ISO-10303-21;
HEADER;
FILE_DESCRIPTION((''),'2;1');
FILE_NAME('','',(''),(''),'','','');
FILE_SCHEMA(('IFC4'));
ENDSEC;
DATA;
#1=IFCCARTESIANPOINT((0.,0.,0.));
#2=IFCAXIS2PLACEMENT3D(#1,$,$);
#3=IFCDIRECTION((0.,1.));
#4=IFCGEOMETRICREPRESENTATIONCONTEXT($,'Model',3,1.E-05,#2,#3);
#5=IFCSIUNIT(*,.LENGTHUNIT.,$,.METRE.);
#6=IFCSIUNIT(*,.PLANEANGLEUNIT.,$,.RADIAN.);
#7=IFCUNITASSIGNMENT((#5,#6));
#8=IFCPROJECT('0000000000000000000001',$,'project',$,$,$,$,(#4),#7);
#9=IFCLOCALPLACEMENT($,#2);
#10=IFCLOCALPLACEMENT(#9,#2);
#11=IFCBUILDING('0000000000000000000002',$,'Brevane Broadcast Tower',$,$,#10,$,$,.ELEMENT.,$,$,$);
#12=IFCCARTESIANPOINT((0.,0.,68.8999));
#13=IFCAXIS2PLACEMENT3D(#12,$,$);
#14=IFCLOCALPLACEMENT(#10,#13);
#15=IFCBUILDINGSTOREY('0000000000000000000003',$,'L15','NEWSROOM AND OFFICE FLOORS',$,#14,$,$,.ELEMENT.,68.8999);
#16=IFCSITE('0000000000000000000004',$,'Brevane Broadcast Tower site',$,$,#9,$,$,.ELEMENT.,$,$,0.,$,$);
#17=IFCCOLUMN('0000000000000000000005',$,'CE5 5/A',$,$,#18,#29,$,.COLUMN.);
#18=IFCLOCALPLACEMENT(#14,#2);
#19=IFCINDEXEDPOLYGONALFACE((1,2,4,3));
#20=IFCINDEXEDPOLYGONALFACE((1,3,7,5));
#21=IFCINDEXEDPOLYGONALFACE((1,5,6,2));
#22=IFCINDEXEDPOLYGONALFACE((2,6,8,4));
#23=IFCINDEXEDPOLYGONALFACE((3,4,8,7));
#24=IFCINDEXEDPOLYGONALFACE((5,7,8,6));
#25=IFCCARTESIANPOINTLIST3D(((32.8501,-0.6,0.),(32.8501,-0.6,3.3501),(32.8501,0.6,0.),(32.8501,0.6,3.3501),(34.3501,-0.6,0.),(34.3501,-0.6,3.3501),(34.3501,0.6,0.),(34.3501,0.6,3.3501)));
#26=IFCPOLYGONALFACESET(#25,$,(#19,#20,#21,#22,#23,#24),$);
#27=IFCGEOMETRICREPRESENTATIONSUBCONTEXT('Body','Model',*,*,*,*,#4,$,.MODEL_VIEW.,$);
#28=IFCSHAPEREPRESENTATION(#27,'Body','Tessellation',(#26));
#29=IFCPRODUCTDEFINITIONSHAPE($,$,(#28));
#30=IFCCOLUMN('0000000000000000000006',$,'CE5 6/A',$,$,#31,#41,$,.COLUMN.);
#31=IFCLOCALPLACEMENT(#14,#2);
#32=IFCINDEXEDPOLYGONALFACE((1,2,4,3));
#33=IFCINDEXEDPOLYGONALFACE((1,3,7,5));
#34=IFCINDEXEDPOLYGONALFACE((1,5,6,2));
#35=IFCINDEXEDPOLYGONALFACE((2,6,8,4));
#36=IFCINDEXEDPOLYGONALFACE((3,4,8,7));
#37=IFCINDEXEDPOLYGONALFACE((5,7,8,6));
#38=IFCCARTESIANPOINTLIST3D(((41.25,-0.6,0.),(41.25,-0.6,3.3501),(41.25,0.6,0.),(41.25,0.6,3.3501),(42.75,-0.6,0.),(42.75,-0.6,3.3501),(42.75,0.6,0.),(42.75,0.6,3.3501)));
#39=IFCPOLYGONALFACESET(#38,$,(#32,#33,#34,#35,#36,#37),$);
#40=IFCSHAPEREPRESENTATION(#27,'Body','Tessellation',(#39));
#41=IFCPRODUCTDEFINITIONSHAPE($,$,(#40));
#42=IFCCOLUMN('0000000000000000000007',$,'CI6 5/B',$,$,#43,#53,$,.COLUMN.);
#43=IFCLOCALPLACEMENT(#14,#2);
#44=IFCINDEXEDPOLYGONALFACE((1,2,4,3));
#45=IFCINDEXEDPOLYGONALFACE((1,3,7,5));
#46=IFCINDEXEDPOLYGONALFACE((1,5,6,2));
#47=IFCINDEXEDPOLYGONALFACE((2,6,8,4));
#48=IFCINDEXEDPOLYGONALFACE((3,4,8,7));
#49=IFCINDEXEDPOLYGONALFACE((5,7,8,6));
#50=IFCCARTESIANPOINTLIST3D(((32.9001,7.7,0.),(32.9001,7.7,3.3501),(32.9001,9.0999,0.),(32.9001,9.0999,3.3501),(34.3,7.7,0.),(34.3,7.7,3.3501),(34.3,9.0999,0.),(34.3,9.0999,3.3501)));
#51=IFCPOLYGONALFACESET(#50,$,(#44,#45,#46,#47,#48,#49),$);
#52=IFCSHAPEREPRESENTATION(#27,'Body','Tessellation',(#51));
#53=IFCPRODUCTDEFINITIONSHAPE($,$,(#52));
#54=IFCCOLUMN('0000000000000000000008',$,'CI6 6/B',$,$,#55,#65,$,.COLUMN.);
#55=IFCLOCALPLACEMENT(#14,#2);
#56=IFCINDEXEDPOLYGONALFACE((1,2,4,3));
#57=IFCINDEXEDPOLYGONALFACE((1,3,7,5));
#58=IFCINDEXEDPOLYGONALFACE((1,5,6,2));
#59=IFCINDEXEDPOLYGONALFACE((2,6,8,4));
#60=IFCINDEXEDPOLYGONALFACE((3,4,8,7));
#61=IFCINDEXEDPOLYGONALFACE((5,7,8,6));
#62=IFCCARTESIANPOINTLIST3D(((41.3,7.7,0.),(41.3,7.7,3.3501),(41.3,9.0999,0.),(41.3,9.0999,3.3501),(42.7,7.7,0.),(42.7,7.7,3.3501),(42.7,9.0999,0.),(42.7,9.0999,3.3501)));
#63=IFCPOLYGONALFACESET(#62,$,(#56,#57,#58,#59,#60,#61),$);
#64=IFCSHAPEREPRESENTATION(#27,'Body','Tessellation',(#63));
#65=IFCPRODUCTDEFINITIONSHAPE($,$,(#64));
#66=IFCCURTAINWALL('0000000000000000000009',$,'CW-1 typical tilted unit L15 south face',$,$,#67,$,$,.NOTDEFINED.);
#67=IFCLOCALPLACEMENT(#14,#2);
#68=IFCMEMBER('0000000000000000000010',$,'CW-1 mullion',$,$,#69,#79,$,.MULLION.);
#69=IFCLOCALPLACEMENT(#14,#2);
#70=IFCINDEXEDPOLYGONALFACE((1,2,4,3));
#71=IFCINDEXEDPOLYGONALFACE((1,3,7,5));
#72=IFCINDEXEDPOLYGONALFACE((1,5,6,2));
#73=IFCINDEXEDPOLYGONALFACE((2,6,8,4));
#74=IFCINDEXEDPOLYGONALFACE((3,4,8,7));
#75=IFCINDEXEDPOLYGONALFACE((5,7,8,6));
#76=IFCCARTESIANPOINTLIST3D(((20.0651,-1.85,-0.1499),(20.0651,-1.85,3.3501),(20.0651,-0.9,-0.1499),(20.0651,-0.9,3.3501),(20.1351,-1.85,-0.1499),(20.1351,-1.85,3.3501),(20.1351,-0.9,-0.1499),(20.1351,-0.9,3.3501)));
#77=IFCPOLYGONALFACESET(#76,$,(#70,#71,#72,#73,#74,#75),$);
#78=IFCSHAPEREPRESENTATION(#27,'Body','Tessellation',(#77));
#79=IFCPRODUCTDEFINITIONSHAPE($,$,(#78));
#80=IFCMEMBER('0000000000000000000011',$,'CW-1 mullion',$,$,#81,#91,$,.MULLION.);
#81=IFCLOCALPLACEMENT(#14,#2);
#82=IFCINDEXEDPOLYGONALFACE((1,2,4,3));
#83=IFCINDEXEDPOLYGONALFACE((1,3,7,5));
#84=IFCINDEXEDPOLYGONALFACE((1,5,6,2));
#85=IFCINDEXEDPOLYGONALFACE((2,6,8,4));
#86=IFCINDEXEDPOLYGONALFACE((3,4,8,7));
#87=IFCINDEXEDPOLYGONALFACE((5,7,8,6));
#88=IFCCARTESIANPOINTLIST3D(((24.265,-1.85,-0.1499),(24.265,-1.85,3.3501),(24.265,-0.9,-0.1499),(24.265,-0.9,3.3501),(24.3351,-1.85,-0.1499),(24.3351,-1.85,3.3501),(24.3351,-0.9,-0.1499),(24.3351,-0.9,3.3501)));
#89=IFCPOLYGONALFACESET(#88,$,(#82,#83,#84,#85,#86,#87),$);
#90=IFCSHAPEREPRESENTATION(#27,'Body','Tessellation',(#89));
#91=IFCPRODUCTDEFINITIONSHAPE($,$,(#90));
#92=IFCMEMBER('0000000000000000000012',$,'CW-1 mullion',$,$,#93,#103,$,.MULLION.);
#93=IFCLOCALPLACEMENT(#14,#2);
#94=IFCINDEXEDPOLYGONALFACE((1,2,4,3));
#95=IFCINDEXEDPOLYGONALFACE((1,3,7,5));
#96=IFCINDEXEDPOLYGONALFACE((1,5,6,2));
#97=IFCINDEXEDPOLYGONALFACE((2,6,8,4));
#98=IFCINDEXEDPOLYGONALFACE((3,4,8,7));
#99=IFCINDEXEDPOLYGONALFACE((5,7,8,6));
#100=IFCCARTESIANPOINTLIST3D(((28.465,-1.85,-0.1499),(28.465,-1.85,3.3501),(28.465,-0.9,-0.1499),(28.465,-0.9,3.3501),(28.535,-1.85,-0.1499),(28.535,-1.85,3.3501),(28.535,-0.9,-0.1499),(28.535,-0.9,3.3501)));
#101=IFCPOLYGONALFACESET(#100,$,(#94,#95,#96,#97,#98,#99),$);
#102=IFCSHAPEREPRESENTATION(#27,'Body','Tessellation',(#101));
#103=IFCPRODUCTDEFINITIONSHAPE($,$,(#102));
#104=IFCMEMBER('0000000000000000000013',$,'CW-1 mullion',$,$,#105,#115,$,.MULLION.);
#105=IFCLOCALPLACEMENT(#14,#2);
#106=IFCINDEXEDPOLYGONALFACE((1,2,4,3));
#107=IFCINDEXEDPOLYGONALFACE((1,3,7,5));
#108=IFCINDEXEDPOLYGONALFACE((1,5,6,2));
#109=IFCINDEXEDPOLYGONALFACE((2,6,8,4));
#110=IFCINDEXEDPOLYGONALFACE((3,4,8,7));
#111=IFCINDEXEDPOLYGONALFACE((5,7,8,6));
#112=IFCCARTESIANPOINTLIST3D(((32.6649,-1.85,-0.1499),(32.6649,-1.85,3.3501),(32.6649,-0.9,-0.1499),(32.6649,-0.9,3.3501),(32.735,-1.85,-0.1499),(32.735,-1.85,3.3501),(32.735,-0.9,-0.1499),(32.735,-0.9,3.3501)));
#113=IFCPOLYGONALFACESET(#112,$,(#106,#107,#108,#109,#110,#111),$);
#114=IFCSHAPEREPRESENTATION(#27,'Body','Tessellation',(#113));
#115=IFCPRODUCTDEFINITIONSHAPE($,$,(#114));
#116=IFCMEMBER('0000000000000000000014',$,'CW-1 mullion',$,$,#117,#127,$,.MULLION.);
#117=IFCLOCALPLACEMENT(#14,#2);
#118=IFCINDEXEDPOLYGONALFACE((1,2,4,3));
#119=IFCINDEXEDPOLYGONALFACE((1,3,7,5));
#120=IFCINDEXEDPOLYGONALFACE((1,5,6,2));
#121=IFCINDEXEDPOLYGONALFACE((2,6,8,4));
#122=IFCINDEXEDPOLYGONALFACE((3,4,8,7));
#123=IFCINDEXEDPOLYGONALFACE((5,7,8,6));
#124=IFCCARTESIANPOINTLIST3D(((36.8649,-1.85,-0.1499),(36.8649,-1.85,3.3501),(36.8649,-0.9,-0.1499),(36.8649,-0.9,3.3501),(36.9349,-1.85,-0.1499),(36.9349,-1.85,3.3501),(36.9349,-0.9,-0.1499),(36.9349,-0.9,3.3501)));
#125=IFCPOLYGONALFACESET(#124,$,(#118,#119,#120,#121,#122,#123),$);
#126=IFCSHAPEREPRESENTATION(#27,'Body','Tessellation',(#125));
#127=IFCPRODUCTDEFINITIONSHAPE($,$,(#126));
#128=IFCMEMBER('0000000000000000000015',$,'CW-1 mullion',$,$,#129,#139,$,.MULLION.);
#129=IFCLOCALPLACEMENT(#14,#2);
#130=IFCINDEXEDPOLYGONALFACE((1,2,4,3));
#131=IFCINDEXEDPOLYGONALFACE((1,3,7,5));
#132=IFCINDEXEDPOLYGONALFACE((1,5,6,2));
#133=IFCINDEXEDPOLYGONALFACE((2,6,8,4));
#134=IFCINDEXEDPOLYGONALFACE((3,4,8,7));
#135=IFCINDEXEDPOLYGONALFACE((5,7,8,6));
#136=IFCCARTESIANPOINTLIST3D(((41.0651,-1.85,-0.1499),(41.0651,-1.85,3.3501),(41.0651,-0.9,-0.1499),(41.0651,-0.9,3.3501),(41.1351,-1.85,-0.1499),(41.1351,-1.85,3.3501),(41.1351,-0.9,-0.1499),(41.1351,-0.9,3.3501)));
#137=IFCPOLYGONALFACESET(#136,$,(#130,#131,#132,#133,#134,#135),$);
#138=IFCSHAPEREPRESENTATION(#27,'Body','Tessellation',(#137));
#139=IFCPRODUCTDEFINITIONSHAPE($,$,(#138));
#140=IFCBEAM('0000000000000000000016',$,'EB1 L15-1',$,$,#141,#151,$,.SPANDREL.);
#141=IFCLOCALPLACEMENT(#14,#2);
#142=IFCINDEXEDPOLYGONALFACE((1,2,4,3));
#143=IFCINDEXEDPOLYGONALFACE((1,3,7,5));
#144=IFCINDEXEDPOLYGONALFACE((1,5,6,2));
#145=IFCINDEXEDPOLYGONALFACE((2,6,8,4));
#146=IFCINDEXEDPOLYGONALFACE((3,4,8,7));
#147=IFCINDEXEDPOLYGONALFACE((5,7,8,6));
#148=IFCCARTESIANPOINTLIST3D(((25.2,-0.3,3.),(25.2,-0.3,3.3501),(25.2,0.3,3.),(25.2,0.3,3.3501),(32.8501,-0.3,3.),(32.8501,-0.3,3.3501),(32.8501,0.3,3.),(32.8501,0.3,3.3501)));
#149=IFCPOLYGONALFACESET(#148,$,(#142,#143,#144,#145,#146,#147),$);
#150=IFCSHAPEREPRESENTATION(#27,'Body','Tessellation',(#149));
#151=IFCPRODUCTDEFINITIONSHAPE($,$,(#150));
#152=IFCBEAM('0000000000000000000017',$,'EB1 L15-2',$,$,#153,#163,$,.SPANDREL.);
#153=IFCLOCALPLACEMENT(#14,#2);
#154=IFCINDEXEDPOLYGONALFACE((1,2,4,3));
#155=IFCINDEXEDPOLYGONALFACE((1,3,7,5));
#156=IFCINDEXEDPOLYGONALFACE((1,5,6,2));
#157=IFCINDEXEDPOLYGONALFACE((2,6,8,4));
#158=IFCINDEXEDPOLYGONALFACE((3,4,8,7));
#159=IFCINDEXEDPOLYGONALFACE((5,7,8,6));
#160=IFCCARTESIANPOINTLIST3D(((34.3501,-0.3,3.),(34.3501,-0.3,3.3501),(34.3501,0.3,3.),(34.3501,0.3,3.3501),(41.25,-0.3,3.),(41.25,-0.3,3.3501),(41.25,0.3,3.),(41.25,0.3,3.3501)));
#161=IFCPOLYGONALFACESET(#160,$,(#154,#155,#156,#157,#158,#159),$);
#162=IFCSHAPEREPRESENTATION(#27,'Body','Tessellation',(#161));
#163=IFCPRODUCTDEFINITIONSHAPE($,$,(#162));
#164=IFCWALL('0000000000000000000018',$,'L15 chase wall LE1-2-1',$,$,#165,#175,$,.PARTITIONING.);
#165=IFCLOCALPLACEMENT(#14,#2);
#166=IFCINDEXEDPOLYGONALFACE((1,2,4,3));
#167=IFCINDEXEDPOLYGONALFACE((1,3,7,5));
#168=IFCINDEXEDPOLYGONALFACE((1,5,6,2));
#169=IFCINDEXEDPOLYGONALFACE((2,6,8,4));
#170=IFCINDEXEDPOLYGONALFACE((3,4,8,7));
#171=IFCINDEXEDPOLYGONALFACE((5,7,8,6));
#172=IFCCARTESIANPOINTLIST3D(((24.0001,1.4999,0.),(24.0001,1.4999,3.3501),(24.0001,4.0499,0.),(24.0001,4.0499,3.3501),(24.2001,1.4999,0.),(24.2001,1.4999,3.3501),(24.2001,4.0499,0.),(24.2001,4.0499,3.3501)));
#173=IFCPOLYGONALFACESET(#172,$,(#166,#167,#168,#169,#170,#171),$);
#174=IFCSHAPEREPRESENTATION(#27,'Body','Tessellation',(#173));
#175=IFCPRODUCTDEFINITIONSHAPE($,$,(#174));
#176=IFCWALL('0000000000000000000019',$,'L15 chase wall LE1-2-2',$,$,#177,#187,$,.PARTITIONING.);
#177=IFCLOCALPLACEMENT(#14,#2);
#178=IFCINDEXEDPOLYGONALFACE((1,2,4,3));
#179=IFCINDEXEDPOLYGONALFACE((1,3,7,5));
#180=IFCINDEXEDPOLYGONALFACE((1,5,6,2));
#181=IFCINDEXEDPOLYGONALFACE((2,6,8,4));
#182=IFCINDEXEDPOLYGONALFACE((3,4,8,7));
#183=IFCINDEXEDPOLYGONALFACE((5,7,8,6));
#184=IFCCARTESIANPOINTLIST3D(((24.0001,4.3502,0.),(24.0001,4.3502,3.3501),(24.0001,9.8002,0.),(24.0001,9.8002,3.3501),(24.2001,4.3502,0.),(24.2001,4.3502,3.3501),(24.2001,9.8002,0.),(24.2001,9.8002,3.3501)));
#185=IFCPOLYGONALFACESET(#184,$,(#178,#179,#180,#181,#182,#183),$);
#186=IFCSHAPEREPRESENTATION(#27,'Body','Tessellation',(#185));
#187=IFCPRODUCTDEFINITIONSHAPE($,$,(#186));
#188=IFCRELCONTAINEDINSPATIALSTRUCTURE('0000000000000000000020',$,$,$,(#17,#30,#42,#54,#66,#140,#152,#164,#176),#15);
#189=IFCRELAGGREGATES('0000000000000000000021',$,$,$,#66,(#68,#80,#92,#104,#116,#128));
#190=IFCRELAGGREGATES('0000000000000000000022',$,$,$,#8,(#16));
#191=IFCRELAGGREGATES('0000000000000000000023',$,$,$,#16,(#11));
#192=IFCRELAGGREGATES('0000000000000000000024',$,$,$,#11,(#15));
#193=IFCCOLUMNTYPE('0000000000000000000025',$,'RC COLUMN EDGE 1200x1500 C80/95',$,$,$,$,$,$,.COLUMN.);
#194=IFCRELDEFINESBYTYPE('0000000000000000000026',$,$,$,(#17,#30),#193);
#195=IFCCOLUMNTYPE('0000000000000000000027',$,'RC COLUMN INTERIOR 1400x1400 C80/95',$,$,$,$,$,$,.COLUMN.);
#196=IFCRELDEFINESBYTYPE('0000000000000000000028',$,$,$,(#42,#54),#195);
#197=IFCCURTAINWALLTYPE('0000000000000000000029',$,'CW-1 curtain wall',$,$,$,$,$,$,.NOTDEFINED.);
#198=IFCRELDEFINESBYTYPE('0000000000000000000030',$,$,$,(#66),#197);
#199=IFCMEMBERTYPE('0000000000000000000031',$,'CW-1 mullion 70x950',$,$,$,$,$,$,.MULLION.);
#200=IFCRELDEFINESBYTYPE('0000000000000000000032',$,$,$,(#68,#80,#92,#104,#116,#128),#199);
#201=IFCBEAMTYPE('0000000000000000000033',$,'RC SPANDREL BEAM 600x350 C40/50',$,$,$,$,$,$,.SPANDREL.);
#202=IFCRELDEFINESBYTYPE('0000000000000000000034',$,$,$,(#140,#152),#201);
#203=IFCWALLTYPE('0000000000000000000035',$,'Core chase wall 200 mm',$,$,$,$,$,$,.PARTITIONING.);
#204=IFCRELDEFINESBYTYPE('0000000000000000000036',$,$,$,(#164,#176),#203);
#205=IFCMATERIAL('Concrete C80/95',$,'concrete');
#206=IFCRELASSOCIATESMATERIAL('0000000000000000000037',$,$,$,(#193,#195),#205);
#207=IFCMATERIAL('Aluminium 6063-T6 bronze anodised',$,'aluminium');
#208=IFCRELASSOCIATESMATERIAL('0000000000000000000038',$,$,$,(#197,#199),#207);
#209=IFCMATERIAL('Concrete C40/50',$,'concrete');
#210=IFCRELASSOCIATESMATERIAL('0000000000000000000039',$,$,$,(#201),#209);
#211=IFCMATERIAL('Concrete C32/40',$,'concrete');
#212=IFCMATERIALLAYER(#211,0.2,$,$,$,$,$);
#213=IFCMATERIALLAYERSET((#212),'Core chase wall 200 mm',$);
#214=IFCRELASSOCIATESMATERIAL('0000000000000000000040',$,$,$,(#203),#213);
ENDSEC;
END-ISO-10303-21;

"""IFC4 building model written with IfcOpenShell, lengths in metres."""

from ifc_helpers import new_model, si_unit, direction, frame, frame_2d, origin, origin_2d, place, context, subcontext, project, spatial, rectangle, extrude, material, layer, layer_set, material_profile, profile_set, type_object, element, aggregate, save


model = new_model("IFC4")

# Units and contexts
model_context = context("Model", 3, precision=1e-05, world=origin(), true_north=direction((0.0, 1.0)))
body_context = subcontext(model_context, "Body", "Model", "MODEL_VIEW")
ifc_project = project(units=[si_unit("LENGTHUNIT", "METRE"), si_unit("PLANEANGLEUNIT", "RADIAN")], contexts=[model_context])

# Site, building, storey
site_placement = place(None, origin())
site = spatial("IfcSite", under=ifc_project, at=site_placement, Name="Brevane Broadcast Tower site", CompositionType="ELEMENT", RefElevation=0.0)
building_placement = place(site_placement, origin())
building = spatial("IfcBuilding", under=site, at=building_placement, Name="Brevane Broadcast Tower", CompositionType="ELEMENT")
storey_placement = place(building_placement, frame((0.0, 0.0, 68.8999)))
storey = spatial("IfcBuildingStorey", under=building, at=storey_placement, Name="L15", Description="NEWSROOM AND OFFICE FLOORS", CompositionType="ELEMENT", Elevation=68.8999)

# Columns
ifc_material_1 = material(Name="Concrete C80/95", Category="concrete")
ifc_material_profile_1 = material_profile(ifc_material_1, rectangle(XDim=1.2, YDim=1.5, at=origin_2d()), Name="RC 1200x1500")
ifc_profile_set_1 = profile_set([ifc_material_profile_1], Name="Concrete C80/95")
column_type_1 = type_object("IfcColumnType", Name="RC COLUMN EDGE 1200x1500 C80/95", PredefinedType="COLUMN", material=ifc_profile_set_1)
for number, where, z_axis, x_axis, name in (
    (1, (33.6001, 0.0, 0.0), (0.0, 0.0, 1.0), (0.0, 1.0, 0.0), "CE5 5/A"),
    (2, (42.0, 0.0, 0.0), (0.0, 0.0, 1.0), (0.0, 1.0, 0.0), "CE5 6/A"),
):
    element("IfcColumn", number, at=place(storey_placement, frame(where, z_axis=z_axis, x_axis=x_axis)), inside=storey, type_object=column_type_1, Name=name, PredefinedType="COLUMN", context=body_context, shape_type="SweptSolid", body=[
        extrude(rectangle(XDim=1.2, YDim=1.5, at=origin_2d()), origin(), (0.0, 0.0, 1.0), 3.3501),
    ])
ifc_material_profile_2 = material_profile(ifc_material_1, rectangle(XDim=1.3999, YDim=1.3999, at=origin_2d()), Name="RC 1400x1400")
ifc_profile_set_2 = profile_set([ifc_material_profile_2], Name="Concrete C80/95")
column_type_2 = type_object("IfcColumnType", Name="RC COLUMN INTERIOR 1400x1400 C80/95", PredefinedType="COLUMN", material=ifc_profile_set_2)
for number, where, z_axis, x_axis, name in (
    (3, (33.6001, 8.3999, 0.0), (0.0, 0.0, 1.0), (1.0, 0.0, 0.0), "CI6 5/B"),
    (4, (42.0, 8.3999, 0.0), (0.0, 0.0, 1.0), (1.0, 0.0, 0.0), "CI6 6/B"),
):
    element("IfcColumn", number, at=place(storey_placement, frame(where, z_axis=z_axis, x_axis=x_axis)), inside=storey, type_object=column_type_2, Name=name, PredefinedType="COLUMN", context=body_context, shape_type="SweptSolid", body=[
        extrude(rectangle(XDim=1.3999, YDim=1.3999, at=origin_2d()), origin(), (0.0, 0.0, 1.0), 3.3501),
    ])

# Curtain wall, members
ifc_material_2 = material(Name="Aluminium 6063-T6 bronze anodised", Category="aluminium")
curtain_wall_type = type_object("IfcCurtainWallType", Name="CW-1 curtain wall", PredefinedType="NOTDEFINED", material=ifc_material_2)
curtain_wall_placement = place(storey_placement, origin())
curtain_wall = element("IfcCurtainWall", 5, at=curtain_wall_placement, inside=storey, type_object=curtain_wall_type, Name="CW-1 typical tilted unit L15 south face", PredefinedType="NOTDEFINED")
ifc_material_profile_3 = material_profile(ifc_material_2, rectangle(XDim=0.95, YDim=0.0701, at=origin_2d()), Name="RECT 70x950")
ifc_profile_set_3 = profile_set([ifc_material_profile_3], Name="Aluminium 6063-T6 bronze anodised")
member_type = type_object("IfcMemberType", Name="CW-1 mullion 70x950", PredefinedType="MULLION", material=ifc_profile_set_3)
member_1_placement = place(storey_placement, frame((20.1001, -1.375, -0.1499), z_axis=(0.0, 0.0, 1.0), x_axis=(0.0, 1.0, 0.0)))
member_1 = element("IfcMember", 6, at=member_1_placement, type_object=member_type, Name="CW-1 mullion", PredefinedType="MULLION", context=body_context, shape_type="SweptSolid", body=[
    extrude(rectangle(XDim=0.95, YDim=0.0701, at=origin_2d()), origin(), (0.0, 0.0, 1.0), 3.5),
])
member_2_placement = place(storey_placement, frame((24.3, -1.375, -0.1499), z_axis=(0.0, 0.0, 1.0), x_axis=(0.0, 1.0, 0.0)))
member_2 = element("IfcMember", 7, at=member_2_placement, type_object=member_type, Name="CW-1 mullion", PredefinedType="MULLION", context=body_context, shape_type="SweptSolid", body=[
    extrude(rectangle(XDim=0.95, YDim=0.0701, at=origin_2d()), origin(), (0.0, 0.0, 1.0), 3.5),
])
member_3_placement = place(storey_placement, frame((28.5, -1.375, -0.1499), z_axis=(0.0, 0.0, 1.0), x_axis=(0.0, 1.0, 0.0)))
member_3 = element("IfcMember", 8, at=member_3_placement, type_object=member_type, Name="CW-1 mullion", PredefinedType="MULLION", context=body_context, shape_type="SweptSolid", body=[
    extrude(rectangle(XDim=0.95, YDim=0.0701, at=origin_2d()), origin(), (0.0, 0.0, 1.0), 3.5),
])
member_4_placement = place(storey_placement, frame((32.7, -1.375, -0.1499), z_axis=(0.0, 0.0, 1.0), x_axis=(0.0, 1.0, 0.0)))
member_4 = element("IfcMember", 9, at=member_4_placement, type_object=member_type, Name="CW-1 mullion", PredefinedType="MULLION", context=body_context, shape_type="SweptSolid", body=[
    extrude(rectangle(XDim=0.95, YDim=0.0701, at=origin_2d()), origin(), (0.0, 0.0, 1.0), 3.5),
])
member_5_placement = place(storey_placement, frame((36.8999, -1.375, -0.1499), z_axis=(0.0, 0.0, 1.0), x_axis=(0.0, 1.0, 0.0)))
member_5 = element("IfcMember", 10, at=member_5_placement, type_object=member_type, Name="CW-1 mullion", PredefinedType="MULLION", context=body_context, shape_type="SweptSolid", body=[
    extrude(rectangle(XDim=0.95, YDim=0.0701, at=origin_2d()), origin(), (0.0, 0.0, 1.0), 3.5),
])
member_6_placement = place(storey_placement, frame((41.1001, -1.375, -0.1499), z_axis=(0.0, 0.0, 1.0), x_axis=(0.0, 1.0, 0.0)))
member_6 = element("IfcMember", 11, at=member_6_placement, type_object=member_type, Name="CW-1 mullion", PredefinedType="MULLION", context=body_context, shape_type="SweptSolid", body=[
    extrude(rectangle(XDim=0.95, YDim=0.0701, at=origin_2d()), origin(), (0.0, 0.0, 1.0), 3.5),
])
aggregate(curtain_wall, [member_1, member_2, member_3, member_4, member_5, member_6])

# Beams
ifc_material_3 = material(Name="Concrete C40/50", Category="concrete")
ifc_material_profile_4 = material_profile(ifc_material_3, rectangle(XDim=0.6001, YDim=0.3501, at=origin_2d()), Name="RC 600x350")
ifc_profile_set_4 = profile_set([ifc_material_profile_4], Name="Concrete C40/50")
beam_type = type_object("IfcBeamType", Name="RC SPANDREL BEAM 600x350 C40/50", PredefinedType="SPANDREL", material=ifc_profile_set_4)
beam_1_placement = place(storey_placement, frame((25.2, 0.0, 3.175), z_axis=(1.0, 0.0, 0.0), x_axis=(0.0, 1.0, 0.0)))
element("IfcBeam", 12, at=beam_1_placement, inside=storey, type_object=beam_type, Name="EB1 L15-1", PredefinedType="SPANDREL", context=body_context, shape_type="SweptSolid", body=[
    extrude(rectangle(XDim=0.6001, YDim=0.3501, at=origin_2d()), origin(), (0.0, 0.0, 1.0), 7.6501),
])
beam_2_placement = place(storey_placement, frame((34.3501, 0.0, 3.175), z_axis=(1.0, 0.0, 0.0), x_axis=(0.0, 1.0, 0.0)))
element("IfcBeam", 13, at=beam_2_placement, inside=storey, type_object=beam_type, Name="EB1 L15-2", PredefinedType="SPANDREL", context=body_context, shape_type="SweptSolid", body=[
    extrude(rectangle(XDim=0.6001, YDim=0.3501, at=origin_2d()), origin(), (0.0, 0.0, 1.0), 6.8999),
])

# Walls
ifc_material_4 = material(Name="Concrete C32/40", Category="concrete")
ifc_layer_1 = layer(ifc_material_4, 0.2)
ifc_layer_set_1 = layer_set([ifc_layer_1], Name="Core chase wall 200 mm")
wall_type_1 = type_object("IfcWallType", Name="Core chase wall 200 mm", PredefinedType="PARTITIONING", material=ifc_layer_set_1)
wall_1_placement = place(storey_placement, frame((24.1001, 1.5, 0.0), z_axis=(0.0, 0.0, 1.0), x_axis=(0.0, 1.0, 0.0)))
element("IfcWall", 14, at=wall_1_placement, inside=storey, type_object=wall_type_1, Name="L15 chase wall LE1-2-1", PredefinedType="PARTITIONING", context=body_context, shape_type="SweptSolid", body=[
    extrude(rectangle(XDim=2.55, YDim=0.2, at=frame_2d((1.2749, 0.0))), origin(), (0.0, 0.0, 1.0), 3.3501),
])
wall_2_placement = place(storey_placement, frame((24.1001, 4.3501, 0.0), z_axis=(0.0, 0.0, 1.0), x_axis=(0.0, 1.0, 0.0)))
element("IfcWall", 15, at=wall_2_placement, inside=storey, type_object=wall_type_1, Name="L15 chase wall LE1-2-2", PredefinedType="PARTITIONING", context=body_context, shape_type="SweptSolid", body=[
    extrude(rectangle(XDim=5.45, YDim=0.2, at=frame_2d((2.7251, 0.0))), origin(), (0.0, 0.0, 1.0), 3.3501),
])

save(model, "model.ifc")
